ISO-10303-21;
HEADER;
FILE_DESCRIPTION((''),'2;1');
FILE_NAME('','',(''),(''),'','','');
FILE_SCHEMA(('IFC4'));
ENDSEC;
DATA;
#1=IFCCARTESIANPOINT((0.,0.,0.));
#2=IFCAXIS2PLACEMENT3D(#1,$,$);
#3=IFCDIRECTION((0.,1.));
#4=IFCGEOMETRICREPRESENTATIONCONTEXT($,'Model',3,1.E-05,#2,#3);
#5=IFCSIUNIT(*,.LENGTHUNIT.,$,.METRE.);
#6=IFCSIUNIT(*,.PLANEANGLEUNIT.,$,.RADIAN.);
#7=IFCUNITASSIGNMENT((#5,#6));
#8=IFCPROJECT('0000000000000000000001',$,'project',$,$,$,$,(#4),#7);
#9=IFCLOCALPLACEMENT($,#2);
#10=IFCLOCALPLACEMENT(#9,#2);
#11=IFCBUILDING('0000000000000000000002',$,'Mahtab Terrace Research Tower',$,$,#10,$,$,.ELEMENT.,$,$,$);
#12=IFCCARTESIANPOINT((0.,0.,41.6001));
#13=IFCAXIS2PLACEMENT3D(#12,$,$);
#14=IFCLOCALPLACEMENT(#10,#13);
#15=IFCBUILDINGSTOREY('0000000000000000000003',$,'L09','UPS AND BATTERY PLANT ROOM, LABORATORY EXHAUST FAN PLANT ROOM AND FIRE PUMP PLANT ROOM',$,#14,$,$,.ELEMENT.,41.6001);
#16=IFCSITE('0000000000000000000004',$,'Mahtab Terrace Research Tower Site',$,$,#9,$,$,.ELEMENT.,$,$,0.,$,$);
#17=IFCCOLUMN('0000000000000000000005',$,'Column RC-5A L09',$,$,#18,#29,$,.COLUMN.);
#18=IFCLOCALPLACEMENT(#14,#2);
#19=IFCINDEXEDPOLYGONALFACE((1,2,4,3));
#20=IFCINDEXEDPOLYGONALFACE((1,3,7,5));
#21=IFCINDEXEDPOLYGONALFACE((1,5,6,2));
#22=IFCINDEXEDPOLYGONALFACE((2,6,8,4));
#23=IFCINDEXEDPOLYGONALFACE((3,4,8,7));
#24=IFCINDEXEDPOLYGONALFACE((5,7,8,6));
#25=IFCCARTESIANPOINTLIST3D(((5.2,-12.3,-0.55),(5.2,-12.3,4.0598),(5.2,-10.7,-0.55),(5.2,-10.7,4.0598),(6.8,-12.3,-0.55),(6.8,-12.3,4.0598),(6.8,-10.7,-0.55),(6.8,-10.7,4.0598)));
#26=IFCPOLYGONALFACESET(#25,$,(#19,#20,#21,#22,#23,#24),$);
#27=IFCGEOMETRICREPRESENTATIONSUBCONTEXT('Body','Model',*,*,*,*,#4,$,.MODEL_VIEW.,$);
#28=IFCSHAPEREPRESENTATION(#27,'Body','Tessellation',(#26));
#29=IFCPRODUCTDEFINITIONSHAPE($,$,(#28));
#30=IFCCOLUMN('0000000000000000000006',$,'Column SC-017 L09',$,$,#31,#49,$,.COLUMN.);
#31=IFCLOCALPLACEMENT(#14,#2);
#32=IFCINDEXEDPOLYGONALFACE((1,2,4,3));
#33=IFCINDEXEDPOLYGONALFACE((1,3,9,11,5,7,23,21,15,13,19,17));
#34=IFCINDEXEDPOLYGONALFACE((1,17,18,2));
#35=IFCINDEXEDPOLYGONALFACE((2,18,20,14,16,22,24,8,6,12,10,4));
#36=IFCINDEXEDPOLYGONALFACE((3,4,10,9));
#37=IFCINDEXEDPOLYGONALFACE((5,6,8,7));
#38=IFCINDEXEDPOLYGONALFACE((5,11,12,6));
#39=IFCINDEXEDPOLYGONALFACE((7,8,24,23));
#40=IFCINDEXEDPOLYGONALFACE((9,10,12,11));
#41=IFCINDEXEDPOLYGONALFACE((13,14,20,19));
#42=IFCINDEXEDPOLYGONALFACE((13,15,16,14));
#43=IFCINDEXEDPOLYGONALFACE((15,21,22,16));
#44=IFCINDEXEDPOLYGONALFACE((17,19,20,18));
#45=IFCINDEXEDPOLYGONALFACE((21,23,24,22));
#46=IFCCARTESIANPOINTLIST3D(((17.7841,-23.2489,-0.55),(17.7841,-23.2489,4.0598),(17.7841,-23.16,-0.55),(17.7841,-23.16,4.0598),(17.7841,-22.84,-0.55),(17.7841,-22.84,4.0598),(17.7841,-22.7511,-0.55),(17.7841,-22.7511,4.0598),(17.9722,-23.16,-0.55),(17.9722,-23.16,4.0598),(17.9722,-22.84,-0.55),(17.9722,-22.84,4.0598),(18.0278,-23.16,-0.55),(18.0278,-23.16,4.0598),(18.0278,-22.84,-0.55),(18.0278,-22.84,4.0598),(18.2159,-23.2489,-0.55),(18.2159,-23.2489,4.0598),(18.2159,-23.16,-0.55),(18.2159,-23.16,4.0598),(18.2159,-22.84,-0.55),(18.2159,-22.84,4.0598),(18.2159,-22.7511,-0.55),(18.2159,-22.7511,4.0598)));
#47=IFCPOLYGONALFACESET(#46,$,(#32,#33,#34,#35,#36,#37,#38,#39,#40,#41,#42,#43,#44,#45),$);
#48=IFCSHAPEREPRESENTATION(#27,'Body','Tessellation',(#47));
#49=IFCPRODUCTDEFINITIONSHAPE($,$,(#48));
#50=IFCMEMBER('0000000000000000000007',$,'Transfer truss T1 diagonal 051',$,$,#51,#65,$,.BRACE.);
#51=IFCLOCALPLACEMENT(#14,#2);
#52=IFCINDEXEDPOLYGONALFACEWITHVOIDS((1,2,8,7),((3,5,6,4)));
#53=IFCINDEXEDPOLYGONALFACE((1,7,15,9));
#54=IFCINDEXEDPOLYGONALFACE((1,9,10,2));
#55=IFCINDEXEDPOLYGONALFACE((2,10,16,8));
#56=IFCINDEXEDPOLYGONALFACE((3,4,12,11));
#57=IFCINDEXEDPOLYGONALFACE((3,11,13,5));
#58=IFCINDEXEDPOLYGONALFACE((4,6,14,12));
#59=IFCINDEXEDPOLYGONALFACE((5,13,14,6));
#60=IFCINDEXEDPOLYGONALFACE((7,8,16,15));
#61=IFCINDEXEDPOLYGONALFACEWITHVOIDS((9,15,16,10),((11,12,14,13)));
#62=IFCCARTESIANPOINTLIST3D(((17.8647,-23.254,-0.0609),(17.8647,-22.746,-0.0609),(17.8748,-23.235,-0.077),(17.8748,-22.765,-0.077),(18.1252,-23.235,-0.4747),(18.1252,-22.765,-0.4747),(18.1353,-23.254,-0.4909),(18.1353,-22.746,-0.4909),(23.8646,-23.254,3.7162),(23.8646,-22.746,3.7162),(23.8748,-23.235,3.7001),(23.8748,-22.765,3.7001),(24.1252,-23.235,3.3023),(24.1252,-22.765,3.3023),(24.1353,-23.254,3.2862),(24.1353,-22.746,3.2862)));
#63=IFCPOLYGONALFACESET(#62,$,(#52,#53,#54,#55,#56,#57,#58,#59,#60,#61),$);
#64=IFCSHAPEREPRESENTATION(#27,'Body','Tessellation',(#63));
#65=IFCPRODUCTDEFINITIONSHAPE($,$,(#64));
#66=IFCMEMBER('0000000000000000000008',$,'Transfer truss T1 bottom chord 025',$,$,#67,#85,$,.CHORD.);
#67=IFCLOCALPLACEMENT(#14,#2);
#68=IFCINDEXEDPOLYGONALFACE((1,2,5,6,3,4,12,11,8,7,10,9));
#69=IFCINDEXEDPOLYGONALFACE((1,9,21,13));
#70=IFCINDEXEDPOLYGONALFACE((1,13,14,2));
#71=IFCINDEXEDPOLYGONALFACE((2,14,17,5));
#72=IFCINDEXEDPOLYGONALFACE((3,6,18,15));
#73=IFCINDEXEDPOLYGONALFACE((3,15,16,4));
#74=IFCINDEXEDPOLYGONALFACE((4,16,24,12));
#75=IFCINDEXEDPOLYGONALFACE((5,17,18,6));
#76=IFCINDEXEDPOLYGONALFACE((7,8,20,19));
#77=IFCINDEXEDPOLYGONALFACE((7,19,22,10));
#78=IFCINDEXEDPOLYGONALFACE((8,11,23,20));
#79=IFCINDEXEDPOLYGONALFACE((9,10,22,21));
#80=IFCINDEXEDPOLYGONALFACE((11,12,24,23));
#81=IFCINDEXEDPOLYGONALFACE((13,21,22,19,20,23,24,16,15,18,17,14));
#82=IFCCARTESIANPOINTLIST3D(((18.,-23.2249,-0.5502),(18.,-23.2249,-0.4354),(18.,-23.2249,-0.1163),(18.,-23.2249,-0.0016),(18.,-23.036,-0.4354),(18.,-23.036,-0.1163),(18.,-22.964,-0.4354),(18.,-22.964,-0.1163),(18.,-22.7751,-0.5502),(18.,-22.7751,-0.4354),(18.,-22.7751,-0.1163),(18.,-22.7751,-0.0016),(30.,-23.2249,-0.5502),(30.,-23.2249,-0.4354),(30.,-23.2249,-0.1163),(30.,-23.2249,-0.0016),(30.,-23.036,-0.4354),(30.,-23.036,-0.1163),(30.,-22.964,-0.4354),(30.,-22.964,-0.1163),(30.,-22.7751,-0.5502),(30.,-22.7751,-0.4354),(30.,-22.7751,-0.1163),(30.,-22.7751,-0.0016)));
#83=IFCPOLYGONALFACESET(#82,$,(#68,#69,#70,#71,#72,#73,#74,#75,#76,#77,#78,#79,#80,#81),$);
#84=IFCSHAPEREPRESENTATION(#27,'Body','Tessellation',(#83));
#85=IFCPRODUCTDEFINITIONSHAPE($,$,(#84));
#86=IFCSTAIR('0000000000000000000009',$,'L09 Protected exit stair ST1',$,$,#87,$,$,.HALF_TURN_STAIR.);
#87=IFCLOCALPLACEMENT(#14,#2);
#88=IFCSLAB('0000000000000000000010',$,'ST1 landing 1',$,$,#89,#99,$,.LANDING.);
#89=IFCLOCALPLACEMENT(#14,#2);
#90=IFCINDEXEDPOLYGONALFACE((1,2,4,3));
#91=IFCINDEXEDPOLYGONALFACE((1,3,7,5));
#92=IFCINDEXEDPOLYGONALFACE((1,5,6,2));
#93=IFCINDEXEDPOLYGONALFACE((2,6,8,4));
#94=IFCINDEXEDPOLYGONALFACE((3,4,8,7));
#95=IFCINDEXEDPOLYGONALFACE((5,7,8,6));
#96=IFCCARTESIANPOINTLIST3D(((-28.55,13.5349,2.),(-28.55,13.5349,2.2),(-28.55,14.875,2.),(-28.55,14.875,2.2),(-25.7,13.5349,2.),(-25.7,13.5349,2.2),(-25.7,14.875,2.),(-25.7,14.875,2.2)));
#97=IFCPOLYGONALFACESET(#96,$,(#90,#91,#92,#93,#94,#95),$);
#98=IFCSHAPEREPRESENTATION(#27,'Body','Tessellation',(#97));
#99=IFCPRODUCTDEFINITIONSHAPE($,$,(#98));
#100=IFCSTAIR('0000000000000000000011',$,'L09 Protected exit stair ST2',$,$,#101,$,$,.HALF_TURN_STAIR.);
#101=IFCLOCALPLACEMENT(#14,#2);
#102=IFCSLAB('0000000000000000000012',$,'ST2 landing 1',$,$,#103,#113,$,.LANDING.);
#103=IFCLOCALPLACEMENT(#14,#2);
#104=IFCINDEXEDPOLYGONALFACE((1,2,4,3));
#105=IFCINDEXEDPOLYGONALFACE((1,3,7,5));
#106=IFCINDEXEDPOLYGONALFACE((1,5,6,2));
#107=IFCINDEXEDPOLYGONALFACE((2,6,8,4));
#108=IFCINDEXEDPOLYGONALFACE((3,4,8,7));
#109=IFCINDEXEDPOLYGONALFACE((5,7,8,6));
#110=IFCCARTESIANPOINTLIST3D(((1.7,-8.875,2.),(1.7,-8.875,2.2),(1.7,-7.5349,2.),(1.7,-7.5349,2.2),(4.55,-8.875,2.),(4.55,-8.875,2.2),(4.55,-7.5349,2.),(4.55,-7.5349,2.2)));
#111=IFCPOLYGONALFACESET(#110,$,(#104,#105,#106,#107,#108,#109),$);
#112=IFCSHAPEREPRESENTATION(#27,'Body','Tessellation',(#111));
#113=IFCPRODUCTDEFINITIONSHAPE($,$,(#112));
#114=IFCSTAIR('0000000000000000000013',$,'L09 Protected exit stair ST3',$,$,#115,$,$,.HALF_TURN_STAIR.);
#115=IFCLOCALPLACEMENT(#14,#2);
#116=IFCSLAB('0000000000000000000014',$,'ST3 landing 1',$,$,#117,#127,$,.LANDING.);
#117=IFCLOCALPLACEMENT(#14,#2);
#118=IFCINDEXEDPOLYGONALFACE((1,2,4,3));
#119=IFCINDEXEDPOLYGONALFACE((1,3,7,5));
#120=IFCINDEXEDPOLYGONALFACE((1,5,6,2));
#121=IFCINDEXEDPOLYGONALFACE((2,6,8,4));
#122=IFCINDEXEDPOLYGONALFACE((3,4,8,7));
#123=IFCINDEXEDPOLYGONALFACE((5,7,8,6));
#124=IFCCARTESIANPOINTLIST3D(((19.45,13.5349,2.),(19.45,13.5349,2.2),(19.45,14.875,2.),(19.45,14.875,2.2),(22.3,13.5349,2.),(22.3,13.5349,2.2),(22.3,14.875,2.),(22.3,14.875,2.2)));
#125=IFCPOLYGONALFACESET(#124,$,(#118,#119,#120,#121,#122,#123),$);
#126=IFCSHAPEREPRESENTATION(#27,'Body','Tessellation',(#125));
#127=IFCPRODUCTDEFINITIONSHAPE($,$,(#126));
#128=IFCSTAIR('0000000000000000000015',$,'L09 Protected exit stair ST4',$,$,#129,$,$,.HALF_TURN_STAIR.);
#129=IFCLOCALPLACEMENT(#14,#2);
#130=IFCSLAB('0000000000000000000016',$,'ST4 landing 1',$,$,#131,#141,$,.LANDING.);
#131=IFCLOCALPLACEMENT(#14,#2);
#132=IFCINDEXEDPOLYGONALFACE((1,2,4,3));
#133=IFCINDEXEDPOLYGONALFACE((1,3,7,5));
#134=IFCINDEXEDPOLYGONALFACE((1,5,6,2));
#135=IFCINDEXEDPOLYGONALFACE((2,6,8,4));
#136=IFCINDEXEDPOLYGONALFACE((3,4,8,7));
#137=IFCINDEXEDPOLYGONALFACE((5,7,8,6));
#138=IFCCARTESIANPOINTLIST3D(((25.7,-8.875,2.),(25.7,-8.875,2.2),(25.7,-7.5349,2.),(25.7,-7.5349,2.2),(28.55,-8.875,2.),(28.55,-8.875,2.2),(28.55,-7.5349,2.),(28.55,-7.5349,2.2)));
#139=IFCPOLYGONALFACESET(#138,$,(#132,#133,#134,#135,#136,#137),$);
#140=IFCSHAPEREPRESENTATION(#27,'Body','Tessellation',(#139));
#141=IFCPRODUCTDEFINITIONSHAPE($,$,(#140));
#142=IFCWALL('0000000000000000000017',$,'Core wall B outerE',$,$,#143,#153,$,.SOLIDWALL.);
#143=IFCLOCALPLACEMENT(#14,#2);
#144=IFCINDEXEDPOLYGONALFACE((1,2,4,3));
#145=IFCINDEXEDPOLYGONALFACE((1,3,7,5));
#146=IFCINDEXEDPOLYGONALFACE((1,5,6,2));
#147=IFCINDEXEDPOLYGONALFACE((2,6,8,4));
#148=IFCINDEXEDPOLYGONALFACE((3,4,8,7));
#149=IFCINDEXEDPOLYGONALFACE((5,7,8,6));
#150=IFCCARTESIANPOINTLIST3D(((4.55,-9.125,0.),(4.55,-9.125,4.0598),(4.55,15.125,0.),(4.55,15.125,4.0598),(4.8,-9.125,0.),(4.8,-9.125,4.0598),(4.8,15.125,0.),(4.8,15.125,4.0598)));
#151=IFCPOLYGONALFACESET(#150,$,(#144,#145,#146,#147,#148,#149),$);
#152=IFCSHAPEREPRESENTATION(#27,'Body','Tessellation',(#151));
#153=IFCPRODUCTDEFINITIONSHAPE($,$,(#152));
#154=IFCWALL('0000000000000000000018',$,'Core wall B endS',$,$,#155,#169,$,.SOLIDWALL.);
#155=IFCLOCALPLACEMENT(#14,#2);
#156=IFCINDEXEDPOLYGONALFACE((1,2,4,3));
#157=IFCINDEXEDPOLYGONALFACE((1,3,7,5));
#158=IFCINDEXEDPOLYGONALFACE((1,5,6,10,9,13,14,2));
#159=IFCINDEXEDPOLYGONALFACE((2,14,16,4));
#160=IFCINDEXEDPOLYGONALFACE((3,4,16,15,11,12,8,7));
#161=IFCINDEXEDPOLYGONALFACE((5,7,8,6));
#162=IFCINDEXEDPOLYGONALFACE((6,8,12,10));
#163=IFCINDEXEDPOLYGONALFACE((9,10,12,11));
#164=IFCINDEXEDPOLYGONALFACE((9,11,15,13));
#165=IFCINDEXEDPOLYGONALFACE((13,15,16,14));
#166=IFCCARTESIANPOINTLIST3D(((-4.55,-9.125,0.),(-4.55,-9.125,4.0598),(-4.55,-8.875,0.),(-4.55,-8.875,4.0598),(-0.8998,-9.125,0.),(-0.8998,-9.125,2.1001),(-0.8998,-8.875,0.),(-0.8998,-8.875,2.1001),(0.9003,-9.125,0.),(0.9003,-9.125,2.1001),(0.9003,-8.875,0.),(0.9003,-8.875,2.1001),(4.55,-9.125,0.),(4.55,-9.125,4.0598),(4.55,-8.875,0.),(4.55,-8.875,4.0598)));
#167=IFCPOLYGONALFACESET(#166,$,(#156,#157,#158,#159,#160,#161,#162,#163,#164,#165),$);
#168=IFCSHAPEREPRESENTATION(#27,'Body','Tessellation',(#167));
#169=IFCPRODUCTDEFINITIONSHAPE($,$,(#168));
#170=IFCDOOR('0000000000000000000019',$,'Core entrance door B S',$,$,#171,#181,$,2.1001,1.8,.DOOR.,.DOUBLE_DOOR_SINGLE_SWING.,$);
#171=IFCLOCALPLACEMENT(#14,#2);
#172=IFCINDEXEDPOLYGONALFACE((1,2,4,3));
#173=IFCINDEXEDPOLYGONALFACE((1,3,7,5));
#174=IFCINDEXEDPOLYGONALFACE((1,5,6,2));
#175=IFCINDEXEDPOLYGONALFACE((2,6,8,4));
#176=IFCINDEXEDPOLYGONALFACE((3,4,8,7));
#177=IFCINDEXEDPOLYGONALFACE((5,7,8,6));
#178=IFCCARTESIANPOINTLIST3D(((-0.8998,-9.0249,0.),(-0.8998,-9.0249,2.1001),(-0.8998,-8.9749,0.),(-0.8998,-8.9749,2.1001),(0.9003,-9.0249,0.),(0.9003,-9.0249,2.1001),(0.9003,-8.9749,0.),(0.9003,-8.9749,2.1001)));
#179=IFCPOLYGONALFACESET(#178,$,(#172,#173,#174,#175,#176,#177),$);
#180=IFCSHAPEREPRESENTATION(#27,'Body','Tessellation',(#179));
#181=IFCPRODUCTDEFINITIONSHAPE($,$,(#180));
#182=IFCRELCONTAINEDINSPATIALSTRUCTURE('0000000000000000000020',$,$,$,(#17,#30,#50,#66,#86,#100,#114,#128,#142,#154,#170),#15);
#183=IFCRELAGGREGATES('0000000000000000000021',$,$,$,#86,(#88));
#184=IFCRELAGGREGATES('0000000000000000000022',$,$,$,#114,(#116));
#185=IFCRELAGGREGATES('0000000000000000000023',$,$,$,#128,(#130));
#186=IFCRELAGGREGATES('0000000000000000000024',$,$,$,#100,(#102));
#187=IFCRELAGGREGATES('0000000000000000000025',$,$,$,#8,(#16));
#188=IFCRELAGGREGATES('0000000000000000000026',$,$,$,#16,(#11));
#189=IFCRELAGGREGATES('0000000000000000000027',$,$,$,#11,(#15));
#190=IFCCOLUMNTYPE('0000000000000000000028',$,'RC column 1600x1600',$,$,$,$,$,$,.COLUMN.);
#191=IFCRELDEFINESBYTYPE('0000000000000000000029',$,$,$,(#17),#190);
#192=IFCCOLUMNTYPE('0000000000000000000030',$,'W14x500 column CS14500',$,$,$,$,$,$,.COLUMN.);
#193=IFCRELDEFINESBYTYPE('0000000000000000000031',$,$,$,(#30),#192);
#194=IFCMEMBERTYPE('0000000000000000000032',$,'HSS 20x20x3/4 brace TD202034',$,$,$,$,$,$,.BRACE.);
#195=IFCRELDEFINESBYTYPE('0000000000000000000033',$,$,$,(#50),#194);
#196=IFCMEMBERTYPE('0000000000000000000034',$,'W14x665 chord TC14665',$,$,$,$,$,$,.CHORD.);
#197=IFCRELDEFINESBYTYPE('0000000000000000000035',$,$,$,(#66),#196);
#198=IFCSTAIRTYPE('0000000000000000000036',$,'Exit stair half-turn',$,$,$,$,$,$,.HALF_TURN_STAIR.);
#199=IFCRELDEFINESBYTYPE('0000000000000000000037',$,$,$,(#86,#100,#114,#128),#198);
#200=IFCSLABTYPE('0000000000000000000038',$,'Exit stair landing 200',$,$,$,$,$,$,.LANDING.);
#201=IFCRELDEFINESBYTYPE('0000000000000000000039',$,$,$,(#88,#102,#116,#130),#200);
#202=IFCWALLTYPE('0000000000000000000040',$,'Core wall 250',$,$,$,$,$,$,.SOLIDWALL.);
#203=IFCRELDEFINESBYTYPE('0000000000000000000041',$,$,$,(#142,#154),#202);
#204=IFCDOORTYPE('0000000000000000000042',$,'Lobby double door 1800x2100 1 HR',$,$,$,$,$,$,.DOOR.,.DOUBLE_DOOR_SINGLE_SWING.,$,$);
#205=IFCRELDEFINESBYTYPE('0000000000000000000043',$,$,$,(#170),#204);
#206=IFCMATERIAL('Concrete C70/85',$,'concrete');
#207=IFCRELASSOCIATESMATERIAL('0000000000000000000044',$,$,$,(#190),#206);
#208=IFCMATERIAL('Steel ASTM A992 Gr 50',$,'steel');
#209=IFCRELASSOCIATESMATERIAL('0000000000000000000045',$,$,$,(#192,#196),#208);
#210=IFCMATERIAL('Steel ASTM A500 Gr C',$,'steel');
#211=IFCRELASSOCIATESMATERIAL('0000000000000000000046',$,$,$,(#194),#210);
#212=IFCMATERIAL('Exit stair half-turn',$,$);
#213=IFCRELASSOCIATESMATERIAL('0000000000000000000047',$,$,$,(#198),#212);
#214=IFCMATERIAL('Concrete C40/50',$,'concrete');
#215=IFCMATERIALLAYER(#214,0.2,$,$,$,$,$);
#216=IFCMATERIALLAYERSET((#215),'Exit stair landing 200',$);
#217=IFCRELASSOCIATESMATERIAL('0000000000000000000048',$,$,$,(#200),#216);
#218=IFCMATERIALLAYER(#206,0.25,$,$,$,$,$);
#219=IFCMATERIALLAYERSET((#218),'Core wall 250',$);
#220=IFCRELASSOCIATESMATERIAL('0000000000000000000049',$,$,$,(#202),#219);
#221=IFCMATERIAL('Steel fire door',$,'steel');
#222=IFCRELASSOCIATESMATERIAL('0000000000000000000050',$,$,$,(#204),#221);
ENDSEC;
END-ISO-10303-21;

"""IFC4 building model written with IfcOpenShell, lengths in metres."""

from ifc_helpers import new_model, si_unit, direction, frame, frame_2d, origin, origin_2d, place, context, subcontext, project, spatial, polyline, rectangle, hollow_rectangle, i_section, outline, extrude, material, layer, layer_set, material_profile, profile_set, type_object, element, fill, aggregate, save


model = new_model("IFC4")

# Units and contexts
model_context = context("Model", 3, precision=1e-05, world=origin(), true_north=direction((0.0, 1.0)))
body_context = subcontext(model_context, "Body", "Model", "MODEL_VIEW")
ifc_project = project(units=[si_unit("LENGTHUNIT", "METRE"), si_unit("PLANEANGLEUNIT", "RADIAN")], contexts=[model_context])

# Site, building, storey
site_placement = place(None, origin())
site = spatial("IfcSite", under=ifc_project, at=site_placement, Name="Mahtab Terrace Research Tower Site", CompositionType="ELEMENT", RefElevation=0.0)
building_placement = place(site_placement, origin())
building = spatial("IfcBuilding", under=site, at=building_placement, Name="Mahtab Terrace Research Tower", CompositionType="ELEMENT")
storey_placement = place(building_placement, frame((0.0, 0.0, 41.6001)))
storey = spatial("IfcBuildingStorey", under=building, at=storey_placement, Name="L09", Description="UPS AND BATTERY PLANT ROOM, LABORATORY EXHAUST FAN PLANT ROOM AND FIRE PUMP PLANT ROOM", CompositionType="ELEMENT", Elevation=41.6001)

# Columns
ifc_material_1 = material(Name="Concrete C70/85", Category="concrete")
ifc_material_profile_1 = material_profile(ifc_material_1, rectangle(XDim=1.6001, YDim=1.6001, at=origin_2d()), Name="RC column 1600x1600")
ifc_profile_set_1 = profile_set([ifc_material_profile_1], Name="Concrete C70/85")
column_type_1 = type_object("IfcColumnType", Name="RC column 1600x1600", PredefinedType="COLUMN", material=ifc_profile_set_1)
column_1_placement = place(storey_placement, frame((6.0, -11.5, -0.55), z_axis=(0.0, 0.0, 1.0), x_axis=(1.0, 0.0, 0.0)))
element("IfcColumn", 1, at=column_1_placement, inside=storey, type_object=column_type_1, Name="Column RC-5A L09", PredefinedType="COLUMN", context=body_context, shape_type="SweptSolid", body=[
    extrude(rectangle(XDim=1.6001, YDim=1.6001, at=origin_2d()), origin(), (0.0, 0.0, 1.0), 4.6099),
])
ifc_material_2 = material(Name="Steel ASTM A992 Gr 50", Category="steel")
ifc_material_profile_2 = material_profile(ifc_material_2, i_section(OverallWidth=0.4319, OverallDepth=0.4978, WebThickness=0.0557, FlangeThickness=0.0889, at=origin_2d()), Name="W14X500")
ifc_profile_set_2 = profile_set([ifc_material_profile_2], Name="Steel ASTM A992 Gr 50")
column_type_2 = type_object("IfcColumnType", Name="W14x500 column CS14500", PredefinedType="COLUMN", material=ifc_profile_set_2)
column_2_placement = place(storey_placement, frame((18.0, -23.0, -0.55), z_axis=(0.0, 0.0, 1.0), x_axis=(1.0, 0.0, 0.0)))
element("IfcColumn", 2, at=column_2_placement, inside=storey, type_object=column_type_2, Name="Column SC-017 L09", PredefinedType="COLUMN", context=body_context, shape_type="SweptSolid", body=[
    extrude(i_section(OverallWidth=0.4319, OverallDepth=0.4978, WebThickness=0.0557, FlangeThickness=0.0889, at=origin_2d()), origin(), (0.0, 0.0, 1.0), 4.6099),
])

# Members
ifc_material_3 = material(Name="Steel ASTM A500 Gr C", Category="steel")
ifc_material_profile_3 = material_profile(ifc_material_3, hollow_rectangle(XDim=0.5081, YDim=0.5081, WallThickness=0.019, at=origin_2d()), Name="HSS20X20X3/4")
ifc_profile_set_3 = profile_set([ifc_material_profile_3], Name="Steel ASTM A500 Gr C")
member_type_1 = type_object("IfcMemberType", Name="HSS 20x20x3/4 brace TD202034", PredefinedType="BRACE", material=ifc_profile_set_3)
member_1_placement = place(storey_placement, frame((18.0, -23.0, -0.2759), z_axis=(0.846276, 0.0, 0.532745), x_axis=(0.0, 1.0, 0.0)))
element("IfcMember", 3, at=member_1_placement, inside=storey, type_object=member_type_1, Name="Transfer truss T1 diagonal 051", PredefinedType="BRACE", context=body_context, shape_type="SweptSolid", body=[
    extrude(hollow_rectangle(XDim=0.5081, YDim=0.5081, WallThickness=0.019, at=origin_2d()), origin(), (0.0, 0.0, 1.0), 7.0898),
])
ifc_material_profile_4 = material_profile(ifc_material_2, i_section(OverallWidth=0.4497, OverallDepth=0.5486, WebThickness=0.072, FlangeThickness=0.1147, at=origin_2d()), Name="W14X665")
ifc_profile_set_4 = profile_set([ifc_material_profile_4], Name="Steel ASTM A992 Gr 50")
member_type_2 = type_object("IfcMemberType", Name="W14x665 chord TC14665", PredefinedType="CHORD", material=ifc_profile_set_4)
member_2_placement = place(storey_placement, frame((18.0, -23.0, -0.2759), z_axis=(1.0, 0.0, 0.0), x_axis=(0.0, 1.0, 0.0)))
element("IfcMember", 4, at=member_2_placement, inside=storey, type_object=member_type_2, Name="Transfer truss T1 bottom chord 025", PredefinedType="CHORD", context=body_context, shape_type="SweptSolid", body=[
    extrude(i_section(OverallWidth=0.4497, OverallDepth=0.5486, WebThickness=0.072, FlangeThickness=0.1147, at=origin_2d()), origin(), (0.0, 0.0, 1.0), 12.0),
])

# Stairs, slabs
ifc_material_4 = material(Name="Exit stair half-turn")
stair_type = type_object("IfcStairType", Name="Exit stair half-turn", PredefinedType="HALF_TURN_STAIR", material=ifc_material_4)
stair_1_placement = place(storey_placement, origin())
stair_1 = element("IfcStair", 5, at=stair_1_placement, inside=storey, type_object=stair_type, Name="L09 Protected exit stair ST1", PredefinedType="HALF_TURN_STAIR")
ifc_material_5 = material(Name="Concrete C40/50", Category="concrete")
ifc_layer_1 = layer(ifc_material_5, 0.2)
ifc_layer_set_1 = layer_set([ifc_layer_1], Name="Exit stair landing 200")
slab_type = type_object("IfcSlabType", Name="Exit stair landing 200", PredefinedType="LANDING", material=ifc_layer_set_1)
slab_1_placement = place(storey_placement, frame((0.0, 0.0, 2.0)))
slab_1 = element("IfcSlab", 6, at=slab_1_placement, type_object=slab_type, Name="ST1 landing 1", PredefinedType="LANDING", context=body_context, shape_type="SweptSolid", body=[
    extrude(outline(polyline([(-25.7, 13.5349), (-25.7, 14.875), (-28.55, 14.875), (-28.55, 13.5349), (-25.7, 13.5349)])), origin(), (0.0, 0.0, 1.0), 0.2),
])
aggregate(stair_1, [slab_1])
stair_2_placement = place(storey_placement, origin())
stair_2 = element("IfcStair", 7, at=stair_2_placement, inside=storey, type_object=stair_type, Name="L09 Protected exit stair ST2", PredefinedType="HALF_TURN_STAIR")
slab_2_placement = place(storey_placement, frame((0.0, 0.0, 2.0)))
slab_2 = element("IfcSlab", 8, at=slab_2_placement, type_object=slab_type, Name="ST2 landing 1", PredefinedType="LANDING", context=body_context, shape_type="SweptSolid", body=[
    extrude(outline(polyline([(1.7, -7.5349), (1.7, -8.875), (4.55, -8.875), (4.55, -7.5349), (1.7, -7.5349)])), origin(), (0.0, 0.0, 1.0), 0.2),
])
stair_3_placement = place(storey_placement, origin())
stair_3 = element("IfcStair", 9, at=stair_3_placement, inside=storey, type_object=stair_type, Name="L09 Protected exit stair ST3", PredefinedType="HALF_TURN_STAIR")
slab_3_placement = place(storey_placement, frame((0.0, 0.0, 2.0)))
slab_3 = element("IfcSlab", 10, at=slab_3_placement, type_object=slab_type, Name="ST3 landing 1", PredefinedType="LANDING", context=body_context, shape_type="SweptSolid", body=[
    extrude(outline(polyline([(22.3, 13.5349), (22.3, 14.875), (19.45, 14.875), (19.45, 13.5349), (22.3, 13.5349)])), origin(), (0.0, 0.0, 1.0), 0.2),
])
aggregate(stair_3, [slab_3])
stair_4_placement = place(storey_placement, origin())
stair_4 = element("IfcStair", 11, at=stair_4_placement, inside=storey, type_object=stair_type, Name="L09 Protected exit stair ST4", PredefinedType="HALF_TURN_STAIR")
slab_4_placement = place(storey_placement, frame((0.0, 0.0, 2.0)))
slab_4 = element("IfcSlab", 12, at=slab_4_placement, type_object=slab_type, Name="ST4 landing 1", PredefinedType="LANDING", context=body_context, shape_type="SweptSolid", body=[
    extrude(outline(polyline([(25.7, -7.5349), (25.7, -8.875), (28.55, -8.875), (28.55, -7.5349), (25.7, -7.5349)])), origin(), (0.0, 0.0, 1.0), 0.2),
])
aggregate(stair_4, [slab_4])

# Wall
ifc_layer_2 = layer(ifc_material_1, 0.25)
ifc_layer_set_2 = layer_set([ifc_layer_2], Name="Core wall 250")
wall_type_1 = type_object("IfcWallType", Name="Core wall 250", PredefinedType="SOLIDWALL", material=ifc_layer_set_2)
wall_1_placement = place(storey_placement, frame((4.675, -9.125, 0.0), z_axis=(0.0, 0.0, 1.0), x_axis=(0.0, 1.0, 0.0)))
element("IfcWall", 13, at=wall_1_placement, inside=storey, type_object=wall_type_1, Name="Core wall B outerE", PredefinedType="SOLIDWALL", context=body_context, shape_type="SweptSolid", body=[
    extrude(rectangle(XDim=24.25, YDim=0.25, at=frame_2d((12.125, 0.0))), origin(), (0.0, 0.0, 1.0), 4.0598),
])

# Wall, opening, door
wall_2_placement = place(storey_placement, frame((4.55, -9.0, 0.0), z_axis=(0.0, 0.0, 1.0), x_axis=(-1.0, 0.0, 0.0)))
wall_2 = element("IfcWall", 14, at=wall_2_placement, inside=storey, type_object=wall_type_1, Name="Core wall B endS", PredefinedType="SOLIDWALL", context=body_context, shape_type="SweptSolid", body=[
    extrude(rectangle(XDim=9.1001, YDim=0.25, at=frame_2d((4.55, 0.0))), origin(), (0.0, 0.0, 1.0), 4.0598),
])
opening_1_placement = place(wall_2_placement, frame((3.6499, 0.0, 0.0)))
opening_1 = element("IfcOpeningElement", 15, at=opening_1_placement, cuts=wall_2, PredefinedType="OPENING", context=body_context, shape_type="SweptSolid", body=[
    extrude(rectangle(XDim=1.8, YDim=2.1001, at=frame_2d((0.8999, 1.05))), frame((0.0, 0.135, 0.0), z_axis=(0.0, -1.0, 0.0), x_axis=(1.0, 0.0, 0.0)), (0.0, 0.0, 1.0), 0.27),
])
ifc_material_6 = material(Name="Steel fire door", Category="steel")
door_type_1 = type_object("IfcDoorType", Name="Lobby double door 1800x2100 1 HR", OperationType="DOUBLE_DOOR_SINGLE_SWING", PredefinedType="DOOR", material=ifc_material_6)
door_1_placement = place(opening_1_placement, origin())
door_1 = element("IfcDoor", 16, at=door_1_placement, inside=storey, type_object=door_type_1, Name="Core entrance door B S", OperationType="DOUBLE_DOOR_SINGLE_SWING", OverallHeight=2.1001, OverallWidth=1.8, PredefinedType="DOOR", context=body_context, shape_type="SweptSolid", body=[
    extrude(rectangle(XDim=1.8, YDim=2.1001, at=frame_2d((0.8999, 1.05))), frame((0.0, 0.0249, 0.0), z_axis=(0.0, -1.0, 0.0), x_axis=(1.0, 0.0, 0.0)), (0.0, 0.0, 1.0), 0.05),
])
fill(opening_1, door_1)

aggregate(stair_2, [slab_2])

save(model, "model.ifc")
